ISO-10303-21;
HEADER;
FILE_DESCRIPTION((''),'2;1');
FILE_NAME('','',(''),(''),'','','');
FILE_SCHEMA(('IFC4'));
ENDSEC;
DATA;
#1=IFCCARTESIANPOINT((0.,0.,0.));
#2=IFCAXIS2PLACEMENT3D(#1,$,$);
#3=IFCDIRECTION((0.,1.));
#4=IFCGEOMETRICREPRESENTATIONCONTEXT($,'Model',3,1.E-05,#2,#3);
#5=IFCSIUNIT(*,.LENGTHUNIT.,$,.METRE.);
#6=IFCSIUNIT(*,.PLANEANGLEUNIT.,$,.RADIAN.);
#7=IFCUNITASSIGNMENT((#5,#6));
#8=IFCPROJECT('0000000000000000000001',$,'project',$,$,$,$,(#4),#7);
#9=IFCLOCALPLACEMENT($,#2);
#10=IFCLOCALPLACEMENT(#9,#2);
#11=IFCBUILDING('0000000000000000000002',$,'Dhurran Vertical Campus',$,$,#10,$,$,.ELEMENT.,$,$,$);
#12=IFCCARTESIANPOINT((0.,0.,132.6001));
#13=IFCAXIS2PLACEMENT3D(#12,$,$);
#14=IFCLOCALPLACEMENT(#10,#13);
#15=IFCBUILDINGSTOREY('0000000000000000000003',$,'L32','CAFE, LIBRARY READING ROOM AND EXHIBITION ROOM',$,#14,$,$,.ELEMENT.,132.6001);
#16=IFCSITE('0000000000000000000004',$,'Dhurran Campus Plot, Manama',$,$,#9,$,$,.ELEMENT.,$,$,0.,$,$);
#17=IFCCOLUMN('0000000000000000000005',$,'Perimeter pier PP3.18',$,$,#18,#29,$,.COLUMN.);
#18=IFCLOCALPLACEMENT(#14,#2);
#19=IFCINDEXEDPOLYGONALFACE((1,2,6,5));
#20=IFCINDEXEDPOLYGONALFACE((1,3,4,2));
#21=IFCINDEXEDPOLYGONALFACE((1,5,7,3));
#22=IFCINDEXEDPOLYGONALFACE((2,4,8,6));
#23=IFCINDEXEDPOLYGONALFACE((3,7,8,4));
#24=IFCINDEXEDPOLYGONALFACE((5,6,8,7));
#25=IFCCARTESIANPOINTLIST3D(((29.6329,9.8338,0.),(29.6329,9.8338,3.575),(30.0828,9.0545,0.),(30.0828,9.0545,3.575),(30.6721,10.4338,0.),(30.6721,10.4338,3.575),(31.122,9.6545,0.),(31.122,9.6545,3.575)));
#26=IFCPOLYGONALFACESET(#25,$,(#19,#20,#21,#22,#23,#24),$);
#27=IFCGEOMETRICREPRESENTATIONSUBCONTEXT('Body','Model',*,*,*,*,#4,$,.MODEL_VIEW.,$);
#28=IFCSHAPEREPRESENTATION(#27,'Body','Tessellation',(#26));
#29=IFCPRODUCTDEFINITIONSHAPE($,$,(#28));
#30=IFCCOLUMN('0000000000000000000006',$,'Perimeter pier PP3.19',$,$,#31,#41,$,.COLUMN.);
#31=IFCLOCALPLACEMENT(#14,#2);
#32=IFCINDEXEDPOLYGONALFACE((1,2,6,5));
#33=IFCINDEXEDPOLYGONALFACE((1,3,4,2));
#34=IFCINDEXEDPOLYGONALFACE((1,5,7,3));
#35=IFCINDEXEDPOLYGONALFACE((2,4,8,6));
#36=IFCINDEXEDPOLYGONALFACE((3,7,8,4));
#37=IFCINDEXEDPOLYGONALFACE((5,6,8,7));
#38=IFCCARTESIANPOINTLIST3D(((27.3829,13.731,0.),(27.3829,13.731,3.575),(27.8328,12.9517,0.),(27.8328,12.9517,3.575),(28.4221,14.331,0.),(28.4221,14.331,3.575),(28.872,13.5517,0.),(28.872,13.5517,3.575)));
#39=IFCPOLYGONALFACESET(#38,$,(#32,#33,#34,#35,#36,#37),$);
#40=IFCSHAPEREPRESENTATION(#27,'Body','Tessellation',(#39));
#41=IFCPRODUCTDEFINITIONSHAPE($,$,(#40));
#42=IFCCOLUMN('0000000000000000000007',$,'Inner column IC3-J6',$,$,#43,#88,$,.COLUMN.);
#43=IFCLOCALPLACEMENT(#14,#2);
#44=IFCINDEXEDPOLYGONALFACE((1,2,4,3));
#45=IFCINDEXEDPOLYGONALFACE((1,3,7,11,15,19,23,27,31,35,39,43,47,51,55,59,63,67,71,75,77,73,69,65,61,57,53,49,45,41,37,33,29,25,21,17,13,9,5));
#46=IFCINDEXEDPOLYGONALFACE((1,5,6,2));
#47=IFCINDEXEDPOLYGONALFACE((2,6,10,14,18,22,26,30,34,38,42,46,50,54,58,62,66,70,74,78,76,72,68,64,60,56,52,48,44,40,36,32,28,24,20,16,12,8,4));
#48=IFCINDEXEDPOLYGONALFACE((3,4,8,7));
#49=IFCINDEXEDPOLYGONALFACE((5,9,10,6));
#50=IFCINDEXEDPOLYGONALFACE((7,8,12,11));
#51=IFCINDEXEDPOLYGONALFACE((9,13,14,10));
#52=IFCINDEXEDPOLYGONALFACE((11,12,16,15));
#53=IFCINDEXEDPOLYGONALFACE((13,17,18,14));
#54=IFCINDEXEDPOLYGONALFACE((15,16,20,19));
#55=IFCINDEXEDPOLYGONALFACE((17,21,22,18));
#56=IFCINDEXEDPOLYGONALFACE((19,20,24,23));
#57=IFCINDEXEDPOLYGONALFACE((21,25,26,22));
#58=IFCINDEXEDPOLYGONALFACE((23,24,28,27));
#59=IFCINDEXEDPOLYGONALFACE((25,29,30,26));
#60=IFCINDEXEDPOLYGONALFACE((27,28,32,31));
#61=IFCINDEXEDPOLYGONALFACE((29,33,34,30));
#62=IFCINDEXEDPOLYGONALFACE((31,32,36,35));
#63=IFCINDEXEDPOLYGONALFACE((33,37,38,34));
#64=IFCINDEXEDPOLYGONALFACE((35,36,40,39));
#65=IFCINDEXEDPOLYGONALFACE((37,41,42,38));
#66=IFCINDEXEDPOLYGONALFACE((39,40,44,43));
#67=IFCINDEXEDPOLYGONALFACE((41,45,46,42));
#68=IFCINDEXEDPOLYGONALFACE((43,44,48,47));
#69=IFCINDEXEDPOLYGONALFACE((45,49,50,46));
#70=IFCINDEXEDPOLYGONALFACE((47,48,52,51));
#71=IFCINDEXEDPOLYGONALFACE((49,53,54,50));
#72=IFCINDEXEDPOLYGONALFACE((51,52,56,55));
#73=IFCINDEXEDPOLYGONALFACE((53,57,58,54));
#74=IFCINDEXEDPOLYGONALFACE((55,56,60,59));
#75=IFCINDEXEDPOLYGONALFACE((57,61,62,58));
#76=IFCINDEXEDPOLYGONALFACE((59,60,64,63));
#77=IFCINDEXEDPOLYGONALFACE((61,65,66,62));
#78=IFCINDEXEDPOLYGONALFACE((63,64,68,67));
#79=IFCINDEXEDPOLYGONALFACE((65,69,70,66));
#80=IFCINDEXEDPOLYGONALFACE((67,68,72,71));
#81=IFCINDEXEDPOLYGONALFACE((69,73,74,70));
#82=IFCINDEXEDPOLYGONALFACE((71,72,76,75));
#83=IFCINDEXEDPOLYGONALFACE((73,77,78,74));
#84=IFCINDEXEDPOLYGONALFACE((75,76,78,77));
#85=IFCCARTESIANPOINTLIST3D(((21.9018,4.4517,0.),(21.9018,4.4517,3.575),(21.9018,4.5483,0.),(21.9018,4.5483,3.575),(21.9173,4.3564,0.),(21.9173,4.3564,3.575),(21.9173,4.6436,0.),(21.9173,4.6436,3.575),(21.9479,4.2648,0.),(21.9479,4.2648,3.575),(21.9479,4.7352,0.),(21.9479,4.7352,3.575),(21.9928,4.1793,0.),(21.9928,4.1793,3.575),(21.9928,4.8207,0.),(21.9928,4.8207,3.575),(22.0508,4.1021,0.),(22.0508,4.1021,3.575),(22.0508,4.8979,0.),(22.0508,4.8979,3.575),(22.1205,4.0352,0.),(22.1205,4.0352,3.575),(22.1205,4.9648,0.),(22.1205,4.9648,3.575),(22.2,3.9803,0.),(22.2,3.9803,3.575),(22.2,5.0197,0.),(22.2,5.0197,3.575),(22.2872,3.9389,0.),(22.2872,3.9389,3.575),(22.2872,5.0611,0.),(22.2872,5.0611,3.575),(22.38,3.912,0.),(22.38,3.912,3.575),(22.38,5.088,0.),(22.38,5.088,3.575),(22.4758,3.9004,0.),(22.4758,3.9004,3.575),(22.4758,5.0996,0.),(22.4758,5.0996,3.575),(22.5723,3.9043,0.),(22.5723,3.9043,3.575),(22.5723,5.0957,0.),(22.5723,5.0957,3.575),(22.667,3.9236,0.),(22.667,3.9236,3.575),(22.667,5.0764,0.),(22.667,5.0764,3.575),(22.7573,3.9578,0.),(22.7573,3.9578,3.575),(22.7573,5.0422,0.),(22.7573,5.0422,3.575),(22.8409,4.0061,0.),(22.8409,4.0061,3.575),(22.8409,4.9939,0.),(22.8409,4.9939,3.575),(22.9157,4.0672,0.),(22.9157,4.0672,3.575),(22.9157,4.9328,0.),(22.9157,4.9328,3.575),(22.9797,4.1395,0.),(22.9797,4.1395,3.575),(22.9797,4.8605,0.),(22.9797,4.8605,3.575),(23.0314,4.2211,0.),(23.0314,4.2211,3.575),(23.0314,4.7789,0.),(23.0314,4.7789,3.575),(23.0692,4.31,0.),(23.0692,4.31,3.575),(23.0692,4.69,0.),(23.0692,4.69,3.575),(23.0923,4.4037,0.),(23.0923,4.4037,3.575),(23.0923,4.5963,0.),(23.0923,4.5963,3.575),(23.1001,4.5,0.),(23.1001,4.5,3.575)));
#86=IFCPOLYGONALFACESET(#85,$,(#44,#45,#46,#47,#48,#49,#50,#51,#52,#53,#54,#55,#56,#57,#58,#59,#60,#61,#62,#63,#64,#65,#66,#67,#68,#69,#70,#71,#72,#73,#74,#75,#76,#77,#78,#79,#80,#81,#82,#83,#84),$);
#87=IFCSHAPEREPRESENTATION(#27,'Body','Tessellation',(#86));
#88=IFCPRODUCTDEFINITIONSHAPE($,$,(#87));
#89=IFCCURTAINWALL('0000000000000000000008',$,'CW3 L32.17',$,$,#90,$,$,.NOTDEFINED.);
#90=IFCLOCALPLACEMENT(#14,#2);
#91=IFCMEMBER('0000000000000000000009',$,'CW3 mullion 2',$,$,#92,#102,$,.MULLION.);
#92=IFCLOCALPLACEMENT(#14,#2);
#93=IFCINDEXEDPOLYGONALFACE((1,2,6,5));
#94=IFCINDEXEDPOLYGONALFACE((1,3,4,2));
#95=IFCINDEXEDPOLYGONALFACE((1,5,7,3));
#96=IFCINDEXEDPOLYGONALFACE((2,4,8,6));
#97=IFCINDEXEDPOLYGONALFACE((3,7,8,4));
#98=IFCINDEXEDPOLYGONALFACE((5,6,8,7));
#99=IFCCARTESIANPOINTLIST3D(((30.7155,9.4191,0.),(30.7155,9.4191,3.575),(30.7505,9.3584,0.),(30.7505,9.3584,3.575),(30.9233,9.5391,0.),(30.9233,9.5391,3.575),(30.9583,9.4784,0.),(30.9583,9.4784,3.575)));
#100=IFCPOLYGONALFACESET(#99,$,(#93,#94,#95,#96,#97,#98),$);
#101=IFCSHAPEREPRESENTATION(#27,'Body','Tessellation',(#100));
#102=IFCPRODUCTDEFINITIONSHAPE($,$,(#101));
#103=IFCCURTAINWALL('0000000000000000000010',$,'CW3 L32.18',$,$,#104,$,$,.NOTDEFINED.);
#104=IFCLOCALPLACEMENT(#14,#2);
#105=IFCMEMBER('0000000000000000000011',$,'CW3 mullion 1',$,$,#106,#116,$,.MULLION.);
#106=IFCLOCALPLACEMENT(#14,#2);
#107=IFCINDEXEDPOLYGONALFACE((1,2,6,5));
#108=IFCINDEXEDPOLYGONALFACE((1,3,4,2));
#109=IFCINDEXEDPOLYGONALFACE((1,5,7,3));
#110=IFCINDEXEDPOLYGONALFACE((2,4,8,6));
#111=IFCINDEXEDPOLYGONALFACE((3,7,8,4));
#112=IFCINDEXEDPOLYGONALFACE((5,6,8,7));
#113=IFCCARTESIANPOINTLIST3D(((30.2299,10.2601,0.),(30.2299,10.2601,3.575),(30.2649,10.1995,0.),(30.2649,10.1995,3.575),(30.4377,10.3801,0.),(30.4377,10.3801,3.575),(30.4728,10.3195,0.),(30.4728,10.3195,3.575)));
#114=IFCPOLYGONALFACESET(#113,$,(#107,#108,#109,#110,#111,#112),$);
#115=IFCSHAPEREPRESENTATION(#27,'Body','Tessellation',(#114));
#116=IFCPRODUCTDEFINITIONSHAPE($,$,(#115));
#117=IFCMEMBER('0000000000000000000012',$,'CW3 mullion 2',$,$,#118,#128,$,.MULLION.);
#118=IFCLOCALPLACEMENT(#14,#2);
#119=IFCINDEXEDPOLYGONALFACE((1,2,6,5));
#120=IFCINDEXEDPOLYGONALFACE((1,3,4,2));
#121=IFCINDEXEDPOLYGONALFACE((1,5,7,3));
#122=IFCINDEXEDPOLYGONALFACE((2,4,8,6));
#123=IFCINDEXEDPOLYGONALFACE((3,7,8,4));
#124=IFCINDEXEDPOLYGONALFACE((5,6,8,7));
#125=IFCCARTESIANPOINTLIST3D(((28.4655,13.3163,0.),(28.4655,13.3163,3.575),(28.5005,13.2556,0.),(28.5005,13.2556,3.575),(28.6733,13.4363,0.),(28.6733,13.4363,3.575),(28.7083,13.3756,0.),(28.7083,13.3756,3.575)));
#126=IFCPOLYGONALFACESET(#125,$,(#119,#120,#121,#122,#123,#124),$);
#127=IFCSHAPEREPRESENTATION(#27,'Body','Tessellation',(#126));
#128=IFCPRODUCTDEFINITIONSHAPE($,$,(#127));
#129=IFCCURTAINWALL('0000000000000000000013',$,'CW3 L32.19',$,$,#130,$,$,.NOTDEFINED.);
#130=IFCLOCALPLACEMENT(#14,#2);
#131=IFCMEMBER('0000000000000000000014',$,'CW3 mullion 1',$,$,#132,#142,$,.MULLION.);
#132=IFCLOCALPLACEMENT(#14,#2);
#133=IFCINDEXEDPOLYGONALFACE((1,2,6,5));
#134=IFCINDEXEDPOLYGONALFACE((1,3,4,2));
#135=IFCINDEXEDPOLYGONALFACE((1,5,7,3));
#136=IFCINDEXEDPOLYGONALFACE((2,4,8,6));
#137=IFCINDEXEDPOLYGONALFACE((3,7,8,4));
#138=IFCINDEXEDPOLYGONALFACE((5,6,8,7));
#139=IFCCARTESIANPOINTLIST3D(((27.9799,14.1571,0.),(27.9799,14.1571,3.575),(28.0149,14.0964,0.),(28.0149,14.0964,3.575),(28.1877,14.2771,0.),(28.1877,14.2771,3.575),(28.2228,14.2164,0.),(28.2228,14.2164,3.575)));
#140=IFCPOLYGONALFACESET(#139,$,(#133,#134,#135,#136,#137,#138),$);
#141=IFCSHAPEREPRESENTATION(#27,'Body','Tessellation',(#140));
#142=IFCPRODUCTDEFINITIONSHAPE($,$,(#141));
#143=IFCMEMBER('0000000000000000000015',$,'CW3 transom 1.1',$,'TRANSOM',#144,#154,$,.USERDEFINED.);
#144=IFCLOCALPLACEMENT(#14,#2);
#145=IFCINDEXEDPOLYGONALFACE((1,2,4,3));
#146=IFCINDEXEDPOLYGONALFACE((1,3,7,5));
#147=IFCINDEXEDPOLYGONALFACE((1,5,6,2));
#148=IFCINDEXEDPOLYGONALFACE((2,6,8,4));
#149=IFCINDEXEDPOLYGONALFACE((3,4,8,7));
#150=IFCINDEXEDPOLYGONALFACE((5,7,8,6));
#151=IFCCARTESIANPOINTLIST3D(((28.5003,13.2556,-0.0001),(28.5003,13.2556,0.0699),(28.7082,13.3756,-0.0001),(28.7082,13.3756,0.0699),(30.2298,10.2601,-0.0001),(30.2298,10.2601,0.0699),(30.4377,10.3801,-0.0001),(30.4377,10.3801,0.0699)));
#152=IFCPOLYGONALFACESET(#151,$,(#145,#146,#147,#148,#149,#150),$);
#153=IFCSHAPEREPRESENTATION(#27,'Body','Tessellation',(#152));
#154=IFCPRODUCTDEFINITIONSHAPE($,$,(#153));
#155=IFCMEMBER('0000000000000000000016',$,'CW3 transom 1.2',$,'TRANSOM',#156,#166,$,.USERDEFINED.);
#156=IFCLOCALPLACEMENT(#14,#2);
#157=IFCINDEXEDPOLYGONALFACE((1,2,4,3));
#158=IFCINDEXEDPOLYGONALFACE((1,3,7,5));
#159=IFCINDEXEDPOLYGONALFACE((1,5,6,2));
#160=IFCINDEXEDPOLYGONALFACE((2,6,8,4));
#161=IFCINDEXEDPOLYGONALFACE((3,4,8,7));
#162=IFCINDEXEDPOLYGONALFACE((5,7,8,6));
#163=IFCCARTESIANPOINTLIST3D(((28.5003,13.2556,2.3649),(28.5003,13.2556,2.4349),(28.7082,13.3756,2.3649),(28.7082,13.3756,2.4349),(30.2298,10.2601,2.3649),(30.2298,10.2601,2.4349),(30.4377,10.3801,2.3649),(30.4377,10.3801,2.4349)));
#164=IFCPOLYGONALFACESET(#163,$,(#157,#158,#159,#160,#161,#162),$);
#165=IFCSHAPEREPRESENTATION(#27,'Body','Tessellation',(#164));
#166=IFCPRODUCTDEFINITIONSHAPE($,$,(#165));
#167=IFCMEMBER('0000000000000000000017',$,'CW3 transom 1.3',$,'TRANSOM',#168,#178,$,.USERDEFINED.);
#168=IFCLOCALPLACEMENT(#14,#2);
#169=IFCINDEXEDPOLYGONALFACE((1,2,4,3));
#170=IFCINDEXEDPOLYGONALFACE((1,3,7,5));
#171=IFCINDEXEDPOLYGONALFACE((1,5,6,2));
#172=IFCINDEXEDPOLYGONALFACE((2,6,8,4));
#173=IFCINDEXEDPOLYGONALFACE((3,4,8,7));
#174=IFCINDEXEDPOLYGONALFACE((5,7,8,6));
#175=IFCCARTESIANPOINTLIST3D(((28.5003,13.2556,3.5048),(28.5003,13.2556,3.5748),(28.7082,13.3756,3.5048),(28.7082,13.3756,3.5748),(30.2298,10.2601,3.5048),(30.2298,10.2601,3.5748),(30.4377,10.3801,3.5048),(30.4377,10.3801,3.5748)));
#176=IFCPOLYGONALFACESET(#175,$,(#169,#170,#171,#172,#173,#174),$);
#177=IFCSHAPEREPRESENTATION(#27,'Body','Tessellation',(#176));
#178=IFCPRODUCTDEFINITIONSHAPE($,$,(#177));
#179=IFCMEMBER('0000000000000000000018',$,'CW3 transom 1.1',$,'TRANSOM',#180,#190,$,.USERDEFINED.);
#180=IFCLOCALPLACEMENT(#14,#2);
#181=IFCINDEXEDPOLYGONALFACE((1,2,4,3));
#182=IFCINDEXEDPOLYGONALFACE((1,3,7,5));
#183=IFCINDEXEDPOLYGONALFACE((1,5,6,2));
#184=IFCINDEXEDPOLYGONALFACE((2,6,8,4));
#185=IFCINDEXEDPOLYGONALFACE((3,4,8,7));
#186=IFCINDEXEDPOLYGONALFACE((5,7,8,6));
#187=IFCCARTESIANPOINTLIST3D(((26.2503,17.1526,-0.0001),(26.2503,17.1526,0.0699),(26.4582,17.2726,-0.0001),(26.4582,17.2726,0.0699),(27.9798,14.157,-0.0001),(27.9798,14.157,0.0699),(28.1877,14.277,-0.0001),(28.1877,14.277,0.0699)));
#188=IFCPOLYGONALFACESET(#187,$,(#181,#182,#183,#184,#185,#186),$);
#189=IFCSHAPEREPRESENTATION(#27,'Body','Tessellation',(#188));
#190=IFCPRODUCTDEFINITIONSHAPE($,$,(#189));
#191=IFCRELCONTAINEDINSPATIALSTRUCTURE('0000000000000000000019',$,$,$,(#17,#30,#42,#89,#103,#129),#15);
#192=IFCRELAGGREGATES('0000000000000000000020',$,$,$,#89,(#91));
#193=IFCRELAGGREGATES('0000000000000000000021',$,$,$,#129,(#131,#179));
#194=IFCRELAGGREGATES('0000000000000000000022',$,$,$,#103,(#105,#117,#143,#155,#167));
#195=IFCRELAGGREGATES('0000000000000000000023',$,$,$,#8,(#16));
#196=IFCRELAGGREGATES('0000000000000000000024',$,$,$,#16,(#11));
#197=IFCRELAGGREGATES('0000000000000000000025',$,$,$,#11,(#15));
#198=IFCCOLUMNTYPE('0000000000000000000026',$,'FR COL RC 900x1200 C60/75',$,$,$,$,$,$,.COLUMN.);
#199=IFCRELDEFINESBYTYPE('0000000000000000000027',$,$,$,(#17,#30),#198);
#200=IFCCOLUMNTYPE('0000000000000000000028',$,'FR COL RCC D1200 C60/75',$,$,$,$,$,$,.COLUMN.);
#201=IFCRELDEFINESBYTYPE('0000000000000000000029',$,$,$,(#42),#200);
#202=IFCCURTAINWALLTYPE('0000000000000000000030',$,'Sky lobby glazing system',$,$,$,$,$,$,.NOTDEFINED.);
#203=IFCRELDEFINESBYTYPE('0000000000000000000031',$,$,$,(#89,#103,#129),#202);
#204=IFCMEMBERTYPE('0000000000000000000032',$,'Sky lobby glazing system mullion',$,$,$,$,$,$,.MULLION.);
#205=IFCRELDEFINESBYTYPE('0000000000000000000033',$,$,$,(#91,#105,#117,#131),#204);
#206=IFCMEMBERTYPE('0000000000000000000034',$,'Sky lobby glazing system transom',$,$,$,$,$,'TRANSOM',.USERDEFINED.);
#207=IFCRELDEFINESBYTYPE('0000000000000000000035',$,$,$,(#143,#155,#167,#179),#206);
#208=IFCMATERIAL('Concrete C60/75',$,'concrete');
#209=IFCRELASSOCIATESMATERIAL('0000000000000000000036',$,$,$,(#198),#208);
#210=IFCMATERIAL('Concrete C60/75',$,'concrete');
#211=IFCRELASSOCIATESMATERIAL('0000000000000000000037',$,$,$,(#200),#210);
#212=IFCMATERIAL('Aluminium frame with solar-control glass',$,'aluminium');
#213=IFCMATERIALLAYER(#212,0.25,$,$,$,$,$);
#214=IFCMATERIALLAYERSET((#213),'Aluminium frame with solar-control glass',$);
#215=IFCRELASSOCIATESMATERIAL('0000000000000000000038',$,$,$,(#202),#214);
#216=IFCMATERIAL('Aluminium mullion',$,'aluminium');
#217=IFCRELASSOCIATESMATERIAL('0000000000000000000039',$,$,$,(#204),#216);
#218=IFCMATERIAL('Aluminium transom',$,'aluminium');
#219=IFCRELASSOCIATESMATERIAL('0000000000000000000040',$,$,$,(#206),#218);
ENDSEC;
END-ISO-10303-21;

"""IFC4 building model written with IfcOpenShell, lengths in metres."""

from ifc_helpers import new_model, si_unit, direction, frame, origin, origin_2d, place, context, subcontext, project, spatial, rectangle, circle, extrude, material, layer, layer_set, material_profile, profile_set, type_object, element, aggregate, save


model = new_model("IFC4")

# Units and contexts
model_context = context("Model", 3, precision=1e-05, world=origin(), true_north=direction((0.0, 1.0)))
body_context = subcontext(model_context, "Body", "Model", "MODEL_VIEW")
ifc_project = project(units=[si_unit("LENGTHUNIT", "METRE"), si_unit("PLANEANGLEUNIT", "RADIAN")], contexts=[model_context])

# Site, building, storey
site_placement = place(None, origin())
site = spatial("IfcSite", under=ifc_project, at=site_placement, Name="Dhurran Campus Plot, Manama", CompositionType="ELEMENT", RefElevation=0.0)
building_placement = place(site_placement, origin())
building = spatial("IfcBuilding", under=site, at=building_placement, Name="Dhurran Vertical Campus", CompositionType="ELEMENT")
storey_placement = place(building_placement, frame((0.0, 0.0, 132.6001)))
storey = spatial("IfcBuildingStorey", under=building, at=storey_placement, Name="L32", Description="CAFE, LIBRARY READING ROOM AND EXHIBITION ROOM", CompositionType="ELEMENT", Elevation=132.6001)

# Columns
ifc_material_1 = material(Name="Concrete C60/75", Category="concrete")
ifc_material_profile_1 = material_profile(ifc_material_1, rectangle(XDim=0.8999, YDim=1.2, at=origin_2d()), Name="RC 900x1200")
ifc_profile_set_1 = profile_set([ifc_material_profile_1], Name="Concrete C60/75")
column_type_1 = type_object("IfcColumnType", Name="FR COL RC 900x1200 C60/75", PredefinedType="COLUMN", material=ifc_profile_set_1)
for number, where, z_axis, x_axis, name in (
    (1, (30.3774, 9.7441, 0.0), (0.0, 0.0, 1.0), (-0.5, 0.866025, 0.0), "Perimeter pier PP3.18"),
    (2, (28.1274, 13.6414, 0.0), (0.0, 0.0, 1.0), (-0.5, 0.866025, 0.0), "Perimeter pier PP3.19"),
):
    element("IfcColumn", number, at=place(storey_placement, frame(where, z_axis=z_axis, x_axis=x_axis)), inside=storey, type_object=column_type_1, Name=name, PredefinedType="COLUMN", context=body_context, shape_type="SweptSolid", body=[
        extrude(rectangle(XDim=0.8999, YDim=1.2, at=origin_2d()), origin(), (0.0, 0.0, 1.0), 3.575),
    ])
ifc_material_2 = material(Name="Concrete C60/75", Category="concrete")
ifc_material_profile_2 = material_profile(ifc_material_2, circle(Radius=0.6001, at=origin_2d()), Name="RCC D1200")
ifc_profile_set_2 = profile_set([ifc_material_profile_2], Name="Concrete C60/75")
column_type_2 = type_object("IfcColumnType", Name="FR COL RCC D1200 C60/75", PredefinedType="COLUMN", material=ifc_profile_set_2)
column_placement = place(storey_placement, frame((22.5, 4.5, 0.0), z_axis=(0.0, 0.0, 1.0), x_axis=(1.0, 0.0, 0.0)))
element("IfcColumn", 3, at=column_placement, inside=storey, type_object=column_type_2, Name="Inner column IC3-J6", PredefinedType="COLUMN", context=body_context, shape_type="SweptSolid", body=[
    extrude(circle(Radius=0.6001, at=origin_2d()), origin(), (0.0, 0.0, 1.0), 3.575),
])

# Curtain wall, member
ifc_material_3 = material(Name="Aluminium frame with solar-control glass", Category="aluminium")
ifc_layer_1 = layer(ifc_material_3, 0.25)
ifc_layer_set_1 = layer_set([ifc_layer_1], Name="Aluminium frame with solar-control glass")
curtain_wall_type = type_object("IfcCurtainWallType", Name="Sky lobby glazing system", PredefinedType="NOTDEFINED", material=ifc_layer_set_1)
curtain_wall_1_placement = place(storey_placement, origin())
curtain_wall_1 = element("IfcCurtainWall", 4, at=curtain_wall_1_placement, inside=storey, type_object=curtain_wall_type, Name="CW3 L32.17", PredefinedType="NOTDEFINED")
ifc_material_4 = material(Name="Aluminium mullion", Category="aluminium")
ifc_material_profile_3 = material_profile(ifc_material_4, rectangle(XDim=0.24, YDim=0.0701, at=origin_2d()), Name="Sky lobby glazing system mullion")
ifc_profile_set_3 = profile_set([ifc_material_profile_3], Name="Aluminium mullion")
member_type_1 = type_object("IfcMemberType", Name="Sky lobby glazing system mullion", PredefinedType="MULLION", material=ifc_profile_set_3)
member_1_placement = place(storey_placement, frame((30.8369, 9.4487, 0.0), z_axis=(0.0, 0.0, 1.0), x_axis=(-0.866024, -0.500003, 0.0)))
member_1 = element("IfcMember", 5, at=member_1_placement, type_object=member_type_1, Name="CW3 mullion 2", PredefinedType="MULLION", context=body_context, shape_type="SweptSolid", body=[
    extrude(rectangle(XDim=0.24, YDim=0.0701, at=origin_2d()), origin(), (0.0, 0.0, 1.0), 3.575),
])
aggregate(curtain_wall_1, [member_1])

# Curtain wall, members
curtain_wall_2_placement = place(storey_placement, origin())
curtain_wall_2 = element("IfcCurtainWall", 6, at=curtain_wall_2_placement, inside=storey, type_object=curtain_wall_type, Name="CW3 L32.18", PredefinedType="NOTDEFINED")
member_2_placement = place(storey_placement, frame((30.3513, 10.2898, 0.0), z_axis=(0.0, 0.0, 1.0), x_axis=(-0.866024, -0.500003, 0.0)))
member_2 = element("IfcMember", 7, at=member_2_placement, type_object=member_type_1, Name="CW3 mullion 1", PredefinedType="MULLION", context=body_context, shape_type="SweptSolid", body=[
    extrude(rectangle(XDim=0.24, YDim=0.0701, at=origin_2d()), origin(), (0.0, 0.0, 1.0), 3.575),
])
member_3_placement = place(storey_placement, frame((28.5869, 13.3459, 0.0), z_axis=(0.0, 0.0, 1.0), x_axis=(-0.866024, -0.500003, 0.0)))
member_3 = element("IfcMember", 8, at=member_3_placement, type_object=member_type_1, Name="CW3 mullion 2", PredefinedType="MULLION", context=body_context, shape_type="SweptSolid", body=[
    extrude(rectangle(XDim=0.24, YDim=0.0701, at=origin_2d()), origin(), (0.0, 0.0, 1.0), 3.575),
])

# Curtain wall, member
curtain_wall_3_placement = place(storey_placement, origin())
curtain_wall_3 = element("IfcCurtainWall", 9, at=curtain_wall_3_placement, inside=storey, type_object=curtain_wall_type, Name="CW3 L32.19", PredefinedType="NOTDEFINED")
member_4_placement = place(storey_placement, frame((28.1013, 14.1868, 0.0), z_axis=(0.0, 0.0, 1.0), x_axis=(-0.866024, -0.500003, 0.0)))
member_4 = element("IfcMember", 10, at=member_4_placement, type_object=member_type_1, Name="CW3 mullion 1", PredefinedType="MULLION", context=body_context, shape_type="SweptSolid", body=[
    extrude(rectangle(XDim=0.24, YDim=0.0701, at=origin_2d()), origin(), (0.0, 0.0, 1.0), 3.575),
])

# Members
ifc_material_5 = material(Name="Aluminium transom", Category="aluminium")
ifc_material_profile_4 = material_profile(ifc_material_5, rectangle(XDim=0.24, YDim=0.0701, at=origin_2d()), Name="Sky lobby glazing system transom")
ifc_profile_set_4 = profile_set([ifc_material_profile_4], Name="Aluminium transom")
member_type_2 = type_object("IfcMemberType", Name="Sky lobby glazing system transom", ElementType="TRANSOM", PredefinedType="USERDEFINED", material=ifc_profile_set_4)
member_5_placement = place(storey_placement, frame((30.3337, 10.3201, 0.0349), z_axis=(-0.499995, 0.866028, 0.0), x_axis=(-0.866028, -0.499995, 0.0)))
member_5 = element("IfcMember", 11, at=member_5_placement, type_object=member_type_2, Name="CW3 transom 1.1", ObjectType="TRANSOM", PredefinedType="USERDEFINED", context=body_context, shape_type="SweptSolid", body=[
    extrude(rectangle(XDim=0.24, YDim=0.0701, at=origin_2d()), origin(), (0.0, 0.0, 1.0), 3.459),
])
member_6_placement = place(storey_placement, frame((30.3337, 10.3201, 2.3999), z_axis=(-0.499995, 0.866028, 0.0), x_axis=(-0.866028, -0.499995, 0.0)))
member_6 = element("IfcMember", 12, at=member_6_placement, type_object=member_type_2, Name="CW3 transom 1.2", ObjectType="TRANSOM", PredefinedType="USERDEFINED", context=body_context, shape_type="SweptSolid", body=[
    extrude(rectangle(XDim=0.24, YDim=0.0701, at=origin_2d()), origin(), (0.0, 0.0, 1.0), 3.459),
])
member_7_placement = place(storey_placement, frame((30.3337, 10.3201, 3.5398), z_axis=(-0.499995, 0.866028, 0.0), x_axis=(-0.866028, -0.499995, 0.0)))
member_7 = element("IfcMember", 13, at=member_7_placement, type_object=member_type_2, Name="CW3 transom 1.3", ObjectType="TRANSOM", PredefinedType="USERDEFINED", context=body_context, shape_type="SweptSolid", body=[
    extrude(rectangle(XDim=0.24, YDim=0.0701, at=origin_2d()), origin(), (0.0, 0.0, 1.0), 3.459),
])
member_8_placement = place(storey_placement, frame((28.0837, 14.217, 0.0349), z_axis=(-0.499995, 0.866028, 0.0), x_axis=(-0.866028, -0.499995, 0.0)))
member_8 = element("IfcMember", 14, at=member_8_placement, type_object=member_type_2, Name="CW3 transom 1.1", ObjectType="TRANSOM", PredefinedType="USERDEFINED", context=body_context, shape_type="SweptSolid", body=[
    extrude(rectangle(XDim=0.24, YDim=0.0701, at=origin_2d()), origin(), (0.0, 0.0, 1.0), 3.459),
])
aggregate(curtain_wall_3, [member_4, member_8])

aggregate(curtain_wall_2, [member_2, member_3, member_5, member_6, member_7])

save(model, "model.ifc")
